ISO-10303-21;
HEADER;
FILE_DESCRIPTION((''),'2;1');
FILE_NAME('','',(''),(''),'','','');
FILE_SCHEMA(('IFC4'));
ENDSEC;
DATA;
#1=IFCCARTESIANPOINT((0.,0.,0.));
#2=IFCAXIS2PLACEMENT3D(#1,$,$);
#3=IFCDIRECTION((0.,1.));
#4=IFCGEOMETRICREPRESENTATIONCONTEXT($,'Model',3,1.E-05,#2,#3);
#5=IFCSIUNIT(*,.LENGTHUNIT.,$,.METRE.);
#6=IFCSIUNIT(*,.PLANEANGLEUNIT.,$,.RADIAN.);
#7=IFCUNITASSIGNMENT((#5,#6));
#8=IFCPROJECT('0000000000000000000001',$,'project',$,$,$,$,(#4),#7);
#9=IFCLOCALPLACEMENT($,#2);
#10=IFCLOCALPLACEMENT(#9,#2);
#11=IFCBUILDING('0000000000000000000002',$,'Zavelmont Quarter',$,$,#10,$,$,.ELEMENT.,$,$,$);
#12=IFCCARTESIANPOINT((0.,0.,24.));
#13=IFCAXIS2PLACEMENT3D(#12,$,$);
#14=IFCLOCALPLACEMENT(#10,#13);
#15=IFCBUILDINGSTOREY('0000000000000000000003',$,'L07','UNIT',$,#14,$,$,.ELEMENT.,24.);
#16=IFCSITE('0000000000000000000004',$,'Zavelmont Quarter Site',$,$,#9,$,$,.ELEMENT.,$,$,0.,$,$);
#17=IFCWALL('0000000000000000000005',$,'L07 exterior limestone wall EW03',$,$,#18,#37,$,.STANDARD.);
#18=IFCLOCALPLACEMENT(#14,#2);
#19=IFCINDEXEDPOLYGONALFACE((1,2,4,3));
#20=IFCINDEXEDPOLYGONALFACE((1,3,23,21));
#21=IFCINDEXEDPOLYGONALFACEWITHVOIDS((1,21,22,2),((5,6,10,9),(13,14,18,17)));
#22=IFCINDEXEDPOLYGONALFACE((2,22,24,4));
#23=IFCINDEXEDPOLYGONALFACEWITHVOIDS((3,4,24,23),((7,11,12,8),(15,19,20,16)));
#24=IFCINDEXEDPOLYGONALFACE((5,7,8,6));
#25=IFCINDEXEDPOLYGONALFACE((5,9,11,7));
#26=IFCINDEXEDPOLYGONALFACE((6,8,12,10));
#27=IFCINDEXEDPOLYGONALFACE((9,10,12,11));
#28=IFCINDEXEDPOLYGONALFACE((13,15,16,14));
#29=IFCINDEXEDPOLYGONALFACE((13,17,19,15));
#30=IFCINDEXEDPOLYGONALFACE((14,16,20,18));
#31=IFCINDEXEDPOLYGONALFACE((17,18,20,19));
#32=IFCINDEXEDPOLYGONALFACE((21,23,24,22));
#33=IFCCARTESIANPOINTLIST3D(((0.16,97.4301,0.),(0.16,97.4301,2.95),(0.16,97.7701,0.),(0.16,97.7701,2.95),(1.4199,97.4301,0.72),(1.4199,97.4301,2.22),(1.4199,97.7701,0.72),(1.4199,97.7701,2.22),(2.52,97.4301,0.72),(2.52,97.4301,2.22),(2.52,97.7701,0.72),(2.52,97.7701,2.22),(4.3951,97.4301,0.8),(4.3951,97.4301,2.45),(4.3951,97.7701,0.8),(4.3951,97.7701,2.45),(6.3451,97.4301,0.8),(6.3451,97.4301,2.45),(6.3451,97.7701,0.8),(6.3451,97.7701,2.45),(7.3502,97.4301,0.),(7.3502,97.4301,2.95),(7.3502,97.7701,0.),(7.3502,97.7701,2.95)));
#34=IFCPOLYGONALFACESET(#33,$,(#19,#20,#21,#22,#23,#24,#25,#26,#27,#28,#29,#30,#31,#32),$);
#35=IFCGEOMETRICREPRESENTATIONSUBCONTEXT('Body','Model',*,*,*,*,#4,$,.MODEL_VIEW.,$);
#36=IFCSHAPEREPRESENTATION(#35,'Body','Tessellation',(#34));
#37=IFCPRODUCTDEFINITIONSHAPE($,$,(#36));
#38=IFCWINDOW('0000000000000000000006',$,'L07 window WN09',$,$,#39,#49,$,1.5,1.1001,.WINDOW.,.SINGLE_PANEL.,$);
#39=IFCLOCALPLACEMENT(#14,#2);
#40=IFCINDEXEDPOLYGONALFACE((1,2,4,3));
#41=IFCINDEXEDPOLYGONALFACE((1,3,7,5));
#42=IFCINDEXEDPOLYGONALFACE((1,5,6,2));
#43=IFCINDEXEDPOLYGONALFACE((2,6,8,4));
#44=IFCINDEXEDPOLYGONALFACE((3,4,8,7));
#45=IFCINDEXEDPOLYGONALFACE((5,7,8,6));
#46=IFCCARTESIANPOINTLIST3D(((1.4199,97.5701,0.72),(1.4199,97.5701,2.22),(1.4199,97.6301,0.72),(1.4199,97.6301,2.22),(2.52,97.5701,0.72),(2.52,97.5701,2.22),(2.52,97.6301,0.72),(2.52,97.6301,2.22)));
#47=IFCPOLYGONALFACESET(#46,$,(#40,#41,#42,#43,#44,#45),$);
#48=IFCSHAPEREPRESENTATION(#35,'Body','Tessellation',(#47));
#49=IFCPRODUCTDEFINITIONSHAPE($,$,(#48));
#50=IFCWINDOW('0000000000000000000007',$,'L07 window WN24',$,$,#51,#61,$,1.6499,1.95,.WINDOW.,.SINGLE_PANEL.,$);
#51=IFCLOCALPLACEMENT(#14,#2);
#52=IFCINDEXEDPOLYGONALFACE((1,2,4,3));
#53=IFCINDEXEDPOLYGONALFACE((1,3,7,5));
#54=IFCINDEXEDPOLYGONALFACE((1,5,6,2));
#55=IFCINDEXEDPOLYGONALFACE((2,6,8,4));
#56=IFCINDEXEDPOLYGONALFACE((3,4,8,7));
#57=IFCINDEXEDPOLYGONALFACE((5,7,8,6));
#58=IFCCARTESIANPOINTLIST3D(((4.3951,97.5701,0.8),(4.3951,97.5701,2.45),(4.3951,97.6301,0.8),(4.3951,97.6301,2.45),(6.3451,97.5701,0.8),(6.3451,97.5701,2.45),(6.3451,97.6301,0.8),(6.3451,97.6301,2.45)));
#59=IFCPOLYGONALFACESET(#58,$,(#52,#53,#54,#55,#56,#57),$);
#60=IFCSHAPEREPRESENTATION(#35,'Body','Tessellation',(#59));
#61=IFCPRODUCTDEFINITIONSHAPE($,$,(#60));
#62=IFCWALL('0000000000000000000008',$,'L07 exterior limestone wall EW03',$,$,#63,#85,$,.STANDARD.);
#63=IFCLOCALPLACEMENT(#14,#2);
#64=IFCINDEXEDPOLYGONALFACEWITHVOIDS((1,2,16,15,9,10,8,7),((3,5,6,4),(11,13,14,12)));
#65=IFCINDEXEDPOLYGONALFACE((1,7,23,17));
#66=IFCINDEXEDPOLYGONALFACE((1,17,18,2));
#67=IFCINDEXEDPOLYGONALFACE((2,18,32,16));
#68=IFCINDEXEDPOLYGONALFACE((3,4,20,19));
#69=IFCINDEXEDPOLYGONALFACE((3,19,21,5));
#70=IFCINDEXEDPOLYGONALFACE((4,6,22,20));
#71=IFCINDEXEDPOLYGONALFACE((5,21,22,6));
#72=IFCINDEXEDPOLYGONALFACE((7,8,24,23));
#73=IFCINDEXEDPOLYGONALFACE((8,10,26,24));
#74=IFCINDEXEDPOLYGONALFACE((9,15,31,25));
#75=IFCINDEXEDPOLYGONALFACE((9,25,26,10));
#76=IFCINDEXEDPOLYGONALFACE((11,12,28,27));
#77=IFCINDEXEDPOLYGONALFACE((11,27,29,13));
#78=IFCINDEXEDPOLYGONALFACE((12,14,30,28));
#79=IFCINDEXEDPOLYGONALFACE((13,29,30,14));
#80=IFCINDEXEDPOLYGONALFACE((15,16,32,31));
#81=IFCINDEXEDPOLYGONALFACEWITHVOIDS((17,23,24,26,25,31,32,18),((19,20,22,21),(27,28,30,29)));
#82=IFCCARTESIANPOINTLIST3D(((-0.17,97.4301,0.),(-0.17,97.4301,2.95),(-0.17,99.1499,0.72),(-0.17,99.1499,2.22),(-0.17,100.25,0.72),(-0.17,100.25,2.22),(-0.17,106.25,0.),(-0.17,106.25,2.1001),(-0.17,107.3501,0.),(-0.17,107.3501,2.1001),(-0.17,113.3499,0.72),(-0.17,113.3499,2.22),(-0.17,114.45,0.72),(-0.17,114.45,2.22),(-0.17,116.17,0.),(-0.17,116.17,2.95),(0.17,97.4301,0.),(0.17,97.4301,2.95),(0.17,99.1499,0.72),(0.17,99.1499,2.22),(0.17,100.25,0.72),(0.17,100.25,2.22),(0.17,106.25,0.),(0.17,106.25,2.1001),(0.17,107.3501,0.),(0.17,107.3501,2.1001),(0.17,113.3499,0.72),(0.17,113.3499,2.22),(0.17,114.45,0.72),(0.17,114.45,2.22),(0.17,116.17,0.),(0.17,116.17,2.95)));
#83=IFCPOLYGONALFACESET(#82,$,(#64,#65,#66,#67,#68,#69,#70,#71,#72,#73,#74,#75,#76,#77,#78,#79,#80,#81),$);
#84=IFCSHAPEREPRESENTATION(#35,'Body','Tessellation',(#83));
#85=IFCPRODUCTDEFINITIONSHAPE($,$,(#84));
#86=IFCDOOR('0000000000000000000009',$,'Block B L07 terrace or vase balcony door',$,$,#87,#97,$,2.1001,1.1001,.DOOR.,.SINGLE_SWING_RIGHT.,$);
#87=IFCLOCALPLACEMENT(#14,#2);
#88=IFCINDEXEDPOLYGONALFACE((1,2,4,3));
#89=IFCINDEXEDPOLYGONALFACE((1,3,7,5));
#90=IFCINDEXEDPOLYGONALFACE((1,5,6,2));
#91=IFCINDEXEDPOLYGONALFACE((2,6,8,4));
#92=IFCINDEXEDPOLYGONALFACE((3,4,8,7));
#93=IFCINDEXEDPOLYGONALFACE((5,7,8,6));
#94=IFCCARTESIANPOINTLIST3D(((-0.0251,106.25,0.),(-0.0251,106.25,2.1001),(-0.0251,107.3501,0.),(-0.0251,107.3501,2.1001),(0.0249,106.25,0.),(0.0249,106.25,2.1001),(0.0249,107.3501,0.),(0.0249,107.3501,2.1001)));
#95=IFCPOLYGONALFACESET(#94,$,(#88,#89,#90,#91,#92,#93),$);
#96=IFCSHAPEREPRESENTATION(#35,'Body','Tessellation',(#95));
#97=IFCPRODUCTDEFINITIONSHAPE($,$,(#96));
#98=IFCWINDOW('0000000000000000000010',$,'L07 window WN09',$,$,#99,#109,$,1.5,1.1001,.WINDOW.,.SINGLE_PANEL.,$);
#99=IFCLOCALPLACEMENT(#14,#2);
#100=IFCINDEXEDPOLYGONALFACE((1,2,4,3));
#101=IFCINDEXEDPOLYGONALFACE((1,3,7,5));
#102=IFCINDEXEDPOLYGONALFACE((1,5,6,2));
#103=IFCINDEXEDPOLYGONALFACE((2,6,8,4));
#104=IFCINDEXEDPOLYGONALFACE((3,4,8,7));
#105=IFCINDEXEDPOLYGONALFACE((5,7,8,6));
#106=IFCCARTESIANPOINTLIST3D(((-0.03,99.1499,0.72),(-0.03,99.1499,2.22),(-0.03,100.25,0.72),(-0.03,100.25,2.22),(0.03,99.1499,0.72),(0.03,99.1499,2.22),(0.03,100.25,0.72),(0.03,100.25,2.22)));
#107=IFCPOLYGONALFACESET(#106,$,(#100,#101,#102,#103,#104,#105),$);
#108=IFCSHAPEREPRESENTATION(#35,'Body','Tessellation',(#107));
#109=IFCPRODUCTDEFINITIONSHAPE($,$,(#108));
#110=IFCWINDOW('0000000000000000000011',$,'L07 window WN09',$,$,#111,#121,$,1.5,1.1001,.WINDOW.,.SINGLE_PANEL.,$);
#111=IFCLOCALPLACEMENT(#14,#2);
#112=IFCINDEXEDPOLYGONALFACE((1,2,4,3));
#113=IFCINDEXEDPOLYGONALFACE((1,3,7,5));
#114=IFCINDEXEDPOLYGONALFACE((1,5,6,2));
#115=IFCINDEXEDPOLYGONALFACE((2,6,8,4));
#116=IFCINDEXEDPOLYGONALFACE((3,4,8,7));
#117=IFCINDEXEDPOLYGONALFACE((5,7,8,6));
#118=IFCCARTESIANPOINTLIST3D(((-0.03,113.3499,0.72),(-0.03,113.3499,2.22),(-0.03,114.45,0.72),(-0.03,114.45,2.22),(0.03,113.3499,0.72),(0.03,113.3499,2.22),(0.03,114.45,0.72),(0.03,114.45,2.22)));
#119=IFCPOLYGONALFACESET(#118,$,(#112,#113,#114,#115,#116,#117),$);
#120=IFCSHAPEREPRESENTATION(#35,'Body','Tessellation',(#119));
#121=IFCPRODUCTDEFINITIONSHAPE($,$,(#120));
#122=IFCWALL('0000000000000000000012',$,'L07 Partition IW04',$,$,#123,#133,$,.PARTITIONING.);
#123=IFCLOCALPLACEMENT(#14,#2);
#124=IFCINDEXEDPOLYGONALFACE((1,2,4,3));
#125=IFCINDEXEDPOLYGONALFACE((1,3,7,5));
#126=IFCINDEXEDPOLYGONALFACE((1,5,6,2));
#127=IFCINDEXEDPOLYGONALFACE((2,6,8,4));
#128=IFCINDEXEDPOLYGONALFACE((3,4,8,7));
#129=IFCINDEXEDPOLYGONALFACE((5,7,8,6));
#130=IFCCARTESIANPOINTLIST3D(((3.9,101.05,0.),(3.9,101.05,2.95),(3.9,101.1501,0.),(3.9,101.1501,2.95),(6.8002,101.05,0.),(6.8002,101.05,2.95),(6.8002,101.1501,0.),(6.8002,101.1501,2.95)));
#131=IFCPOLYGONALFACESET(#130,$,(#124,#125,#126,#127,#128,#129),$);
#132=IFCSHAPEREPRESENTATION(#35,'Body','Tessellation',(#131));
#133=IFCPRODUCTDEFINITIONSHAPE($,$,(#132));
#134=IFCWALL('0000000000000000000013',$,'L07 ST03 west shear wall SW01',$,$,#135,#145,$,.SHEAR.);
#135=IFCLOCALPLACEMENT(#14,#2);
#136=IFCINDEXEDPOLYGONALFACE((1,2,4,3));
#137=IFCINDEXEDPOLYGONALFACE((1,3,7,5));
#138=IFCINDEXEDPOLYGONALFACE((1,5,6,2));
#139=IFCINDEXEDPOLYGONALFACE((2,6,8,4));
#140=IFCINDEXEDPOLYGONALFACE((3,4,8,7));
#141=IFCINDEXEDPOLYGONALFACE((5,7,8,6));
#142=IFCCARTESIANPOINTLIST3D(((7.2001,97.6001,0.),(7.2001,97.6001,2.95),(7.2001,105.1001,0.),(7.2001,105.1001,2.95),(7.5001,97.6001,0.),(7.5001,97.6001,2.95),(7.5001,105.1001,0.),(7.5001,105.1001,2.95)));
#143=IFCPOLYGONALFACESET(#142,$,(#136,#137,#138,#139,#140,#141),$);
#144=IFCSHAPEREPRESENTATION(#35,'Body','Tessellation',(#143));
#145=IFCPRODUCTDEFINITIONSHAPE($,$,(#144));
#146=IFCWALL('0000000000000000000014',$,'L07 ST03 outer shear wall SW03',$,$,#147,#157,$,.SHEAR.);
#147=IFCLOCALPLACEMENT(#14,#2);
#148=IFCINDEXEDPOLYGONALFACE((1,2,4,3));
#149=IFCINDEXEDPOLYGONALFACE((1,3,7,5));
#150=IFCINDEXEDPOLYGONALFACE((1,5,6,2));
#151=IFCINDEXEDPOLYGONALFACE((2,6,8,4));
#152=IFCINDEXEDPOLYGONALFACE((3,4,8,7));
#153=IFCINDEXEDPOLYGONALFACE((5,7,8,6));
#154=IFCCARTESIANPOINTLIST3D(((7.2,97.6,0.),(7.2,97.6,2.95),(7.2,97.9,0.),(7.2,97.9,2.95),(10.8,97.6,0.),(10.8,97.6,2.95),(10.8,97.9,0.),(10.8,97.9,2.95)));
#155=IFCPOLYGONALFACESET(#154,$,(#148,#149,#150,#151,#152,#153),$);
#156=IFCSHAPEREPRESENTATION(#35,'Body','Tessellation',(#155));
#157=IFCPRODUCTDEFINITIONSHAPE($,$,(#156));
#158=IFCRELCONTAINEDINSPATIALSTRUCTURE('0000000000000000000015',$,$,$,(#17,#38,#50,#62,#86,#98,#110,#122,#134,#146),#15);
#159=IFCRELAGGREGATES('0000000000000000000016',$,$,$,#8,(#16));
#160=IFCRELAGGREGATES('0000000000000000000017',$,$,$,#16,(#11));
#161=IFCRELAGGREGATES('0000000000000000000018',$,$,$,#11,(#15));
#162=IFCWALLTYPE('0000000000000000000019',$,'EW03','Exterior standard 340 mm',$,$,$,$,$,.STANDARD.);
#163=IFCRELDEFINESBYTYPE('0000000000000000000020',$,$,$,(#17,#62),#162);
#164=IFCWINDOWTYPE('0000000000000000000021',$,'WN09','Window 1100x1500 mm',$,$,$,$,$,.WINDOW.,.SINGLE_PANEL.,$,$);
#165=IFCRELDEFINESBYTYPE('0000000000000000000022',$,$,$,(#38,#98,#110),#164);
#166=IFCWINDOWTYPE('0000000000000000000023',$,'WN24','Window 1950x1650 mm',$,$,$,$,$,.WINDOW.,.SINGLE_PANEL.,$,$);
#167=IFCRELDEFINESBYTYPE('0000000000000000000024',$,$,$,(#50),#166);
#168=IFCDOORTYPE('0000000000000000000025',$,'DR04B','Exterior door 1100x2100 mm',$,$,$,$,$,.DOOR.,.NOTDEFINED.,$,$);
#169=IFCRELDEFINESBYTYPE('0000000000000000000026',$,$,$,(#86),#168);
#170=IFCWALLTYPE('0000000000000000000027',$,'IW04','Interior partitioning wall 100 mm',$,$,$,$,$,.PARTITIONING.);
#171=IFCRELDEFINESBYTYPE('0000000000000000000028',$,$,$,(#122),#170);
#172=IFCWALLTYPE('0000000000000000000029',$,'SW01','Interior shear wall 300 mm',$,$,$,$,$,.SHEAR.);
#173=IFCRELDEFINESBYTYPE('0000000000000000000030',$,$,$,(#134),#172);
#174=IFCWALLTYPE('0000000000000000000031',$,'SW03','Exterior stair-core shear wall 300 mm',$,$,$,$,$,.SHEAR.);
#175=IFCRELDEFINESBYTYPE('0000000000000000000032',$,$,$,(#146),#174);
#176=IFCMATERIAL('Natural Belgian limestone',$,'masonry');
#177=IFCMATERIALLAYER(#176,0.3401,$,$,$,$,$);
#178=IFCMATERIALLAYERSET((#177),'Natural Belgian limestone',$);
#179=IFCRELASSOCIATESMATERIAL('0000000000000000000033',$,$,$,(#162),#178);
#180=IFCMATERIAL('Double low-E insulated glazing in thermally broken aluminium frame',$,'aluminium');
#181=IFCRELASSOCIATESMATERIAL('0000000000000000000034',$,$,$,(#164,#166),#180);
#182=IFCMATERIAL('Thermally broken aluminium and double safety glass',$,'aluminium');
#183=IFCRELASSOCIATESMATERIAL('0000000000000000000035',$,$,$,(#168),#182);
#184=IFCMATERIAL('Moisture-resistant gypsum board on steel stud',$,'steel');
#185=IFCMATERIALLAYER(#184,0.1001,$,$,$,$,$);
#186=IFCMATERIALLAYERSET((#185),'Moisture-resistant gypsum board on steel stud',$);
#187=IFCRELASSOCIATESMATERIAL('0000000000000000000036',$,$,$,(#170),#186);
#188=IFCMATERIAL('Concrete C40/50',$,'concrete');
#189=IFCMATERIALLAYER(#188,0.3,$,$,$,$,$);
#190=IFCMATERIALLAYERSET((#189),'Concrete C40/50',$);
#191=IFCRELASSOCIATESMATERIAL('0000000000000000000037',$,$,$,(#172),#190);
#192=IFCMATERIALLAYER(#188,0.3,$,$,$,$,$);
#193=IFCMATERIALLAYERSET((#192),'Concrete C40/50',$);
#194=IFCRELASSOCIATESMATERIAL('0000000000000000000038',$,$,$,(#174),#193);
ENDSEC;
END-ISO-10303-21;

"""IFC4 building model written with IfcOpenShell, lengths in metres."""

from ifc_helpers import new_model, si_unit, direction, frame, frame_2d, origin, origin_with_axes, place, context, subcontext, project, spatial, rectangle, extrude, material, layer, layer_set, type_object, element, fill, save


model = new_model("IFC4")

# Units and contexts
model_context = context("Model", 3, precision=1e-05, world=origin(), true_north=direction((0.0, 1.0)))
body_context = subcontext(model_context, "Body", "Model", "MODEL_VIEW")
ifc_project = project(units=[si_unit("LENGTHUNIT", "METRE"), si_unit("PLANEANGLEUNIT", "RADIAN")], contexts=[model_context])

# Site, building, storey
site_placement = place(None, origin())
site = spatial("IfcSite", under=ifc_project, at=site_placement, Name="Zavelmont Quarter Site", CompositionType="ELEMENT", RefElevation=0.0)
building_placement = place(site_placement, origin())
building = spatial("IfcBuilding", under=site, at=building_placement, Name="Zavelmont Quarter", CompositionType="ELEMENT")
storey_placement = place(building_placement, frame((0.0, 0.0, 24.0)))
storey = spatial("IfcBuildingStorey", under=building, at=storey_placement, Name="L07", Description="UNIT", CompositionType="ELEMENT", Elevation=24.0)

# Shared definitions
ifc_material_1 = material(Name="Concrete C40/50", Category="concrete")

# Wall, openings, windows
ifc_material_2 = material(Name="Natural Belgian limestone", Category="masonry")
ifc_layer_1 = layer(ifc_material_2, 0.3401)
ifc_layer_set_1 = layer_set([ifc_layer_1], Name="Natural Belgian limestone")
wall_type_1 = type_object("IfcWallType", Name="EW03", Description="Exterior standard 340 mm", PredefinedType="STANDARD", material=ifc_layer_set_1)
wall_1_placement = place(storey_placement, frame((0.1599, 97.6001, 0.0), z_axis=(0.0, 0.0, 1.0), x_axis=(1.0, 0.0, 0.0)))
wall_1 = element("IfcWall", 1, at=wall_1_placement, inside=storey, type_object=wall_type_1, Name="L07 exterior limestone wall EW03", PredefinedType="STANDARD", context=body_context, shape_type="SweptSolid", body=[
    extrude(rectangle(XDim=7.1902, YDim=0.3401, at=frame_2d((3.5952, 0.0))), origin(), (0.0, 0.0, 1.0), 2.95),
])
opening_1_placement = place(wall_1_placement, frame((1.26, 0.0, 0.72)))
opening_1 = element("IfcOpeningElement", 2, at=opening_1_placement, cuts=wall_1, PredefinedType="OPENING", context=body_context, shape_type="SweptSolid", body=[
    extrude(rectangle(XDim=1.1001, YDim=1.5, at=frame_2d((0.55, 0.75))), frame((0.0, 0.1821, 0.0), z_axis=(0.0, -1.0, 0.0), x_axis=(1.0, 0.0, 0.0)), (0.0, 0.0, 1.0), 0.364),
])
opening_2_placement = place(wall_1_placement, frame((4.2351, 0.0, 0.8)))
opening_2 = element("IfcOpeningElement", 3, at=opening_2_placement, cuts=wall_1, PredefinedType="OPENING", context=body_context, shape_type="SweptSolid", body=[
    extrude(rectangle(XDim=1.95, YDim=1.6499, at=frame_2d((0.9751, 0.825))), frame((0.0, 0.1821, 0.0), z_axis=(0.0, -1.0, 0.0), x_axis=(1.0, 0.0, 0.0)), (0.0, 0.0, 1.0), 0.364),
])
ifc_material_3 = material(Name="Double low-E insulated glazing in thermally broken aluminium frame", Category="aluminium")
window_type_1 = type_object("IfcWindowType", Name="WN09", Description="Window 1100x1500 mm", PartitioningType="SINGLE_PANEL", PredefinedType="WINDOW", material=ifc_material_3)
window_1_placement = place(opening_1_placement, origin_with_axes())
window_1 = element("IfcWindow", 4, at=window_1_placement, inside=storey, type_object=window_type_1, Name="L07 window WN09", OverallHeight=1.5, OverallWidth=1.1001, PartitioningType="SINGLE_PANEL", PredefinedType="WINDOW", context=body_context, shape_type="SweptSolid", body=[
    extrude(rectangle(XDim=1.1001, YDim=1.5, at=frame_2d((0.55, 0.75))), frame((0.0, 0.03, 0.0), z_axis=(0.0, -1.0, 0.0), x_axis=(1.0, 0.0, 0.0)), (0.0, 0.0, 1.0), 0.0601),
])
fill(opening_1, window_1)
window_type_2 = type_object("IfcWindowType", Name="WN24", Description="Window 1950x1650 mm", PartitioningType="SINGLE_PANEL", PredefinedType="WINDOW", material=ifc_material_3)
window_2_placement = place(opening_2_placement, origin_with_axes())
window_2 = element("IfcWindow", 5, at=window_2_placement, inside=storey, type_object=window_type_2, Name="L07 window WN24", OverallHeight=1.6499, OverallWidth=1.95, PartitioningType="SINGLE_PANEL", PredefinedType="WINDOW", context=body_context, shape_type="SweptSolid", body=[
    extrude(rectangle(XDim=1.95, YDim=1.6499, at=frame_2d((0.9751, 0.825))), frame((0.0, 0.03, 0.0), z_axis=(0.0, -1.0, 0.0), x_axis=(1.0, 0.0, 0.0)), (0.0, 0.0, 1.0), 0.0601),
])
fill(opening_2, window_2)

# Wall, openings, door, windows
wall_2_placement = place(storey_placement, frame((0.0, 97.4299, 0.0), z_axis=(0.0, 0.0, 1.0), x_axis=(0.0, 1.0, 0.0)))
wall_2 = element("IfcWall", 6, at=wall_2_placement, inside=storey, type_object=wall_type_1, Name="L07 exterior limestone wall EW03", PredefinedType="STANDARD", context=body_context, shape_type="SweptSolid", body=[
    extrude(rectangle(XDim=18.74, YDim=0.3401, at=frame_2d((9.3701, 0.0))), origin(), (0.0, 0.0, 1.0), 2.95),
])
opening_3_placement = place(wall_2_placement, frame((8.8201, 0.0, 0.0)))
opening_3 = element("IfcOpeningElement", 7, at=opening_3_placement, cuts=wall_2, PredefinedType="OPENING", context=body_context, shape_type="SweptSolid", body=[
    extrude(rectangle(XDim=1.1001, YDim=2.1001, at=frame_2d((0.55, 1.05))), frame((0.0, 0.1821, 0.0), z_axis=(0.0, -1.0, 0.0), x_axis=(1.0, 0.0, 0.0)), (0.0, 0.0, 1.0), 0.364),
])
opening_4_placement = place(wall_2_placement, frame((1.72, 0.0, 0.72)))
opening_4 = element("IfcOpeningElement", 8, at=opening_4_placement, cuts=wall_2, PredefinedType="OPENING", context=body_context, shape_type="SweptSolid", body=[
    extrude(rectangle(XDim=1.1001, YDim=1.5, at=frame_2d((0.55, 0.75))), frame((0.0, 0.1821, 0.0), z_axis=(0.0, -1.0, 0.0), x_axis=(1.0, 0.0, 0.0)), (0.0, 0.0, 1.0), 0.364),
])
opening_5_placement = place(wall_2_placement, frame((15.9199, 0.0, 0.72)))
opening_5 = element("IfcOpeningElement", 9, at=opening_5_placement, cuts=wall_2, PredefinedType="OPENING", context=body_context, shape_type="SweptSolid", body=[
    extrude(rectangle(XDim=1.1001, YDim=1.5, at=frame_2d((0.55, 0.75))), frame((0.0, 0.1821, 0.0), z_axis=(0.0, -1.0, 0.0), x_axis=(1.0, 0.0, 0.0)), (0.0, 0.0, 1.0), 0.364),
])
ifc_material_4 = material(Name="Thermally broken aluminium and double safety glass", Category="aluminium")
door_type = type_object("IfcDoorType", Name="DR04B", Description="Exterior door 1100x2100 mm", OperationType="NOTDEFINED", PredefinedType="DOOR", material=ifc_material_4)
door_placement = place(opening_3_placement, frame((1.1001, 0.0, 0.0), z_axis=(0.0, 0.0, 1.0), x_axis=(-1.0, 0.0, 0.0)))
door = element("IfcDoor", 10, at=door_placement, inside=storey, type_object=door_type, Name="Block B L07 terrace or vase balcony door", OperationType="SINGLE_SWING_RIGHT", OverallHeight=2.1001, OverallWidth=1.1001, PredefinedType="DOOR", context=body_context, shape_type="SweptSolid", body=[
    extrude(rectangle(XDim=1.1001, YDim=2.1001, at=frame_2d((0.55, 1.05))), frame((0.0, 0.0249, 0.0), z_axis=(0.0, -1.0, 0.0), x_axis=(1.0, 0.0, 0.0)), (0.0, 0.0, 1.0), 0.05),
])
fill(opening_3, door)
window_3_placement = place(opening_4_placement, origin_with_axes())
window_3 = element("IfcWindow", 11, at=window_3_placement, inside=storey, type_object=window_type_1, Name="L07 window WN09", OverallHeight=1.5, OverallWidth=1.1001, PartitioningType="SINGLE_PANEL", PredefinedType="WINDOW", context=body_context, shape_type="SweptSolid", body=[
    extrude(rectangle(XDim=1.1001, YDim=1.5, at=frame_2d((0.55, 0.75))), frame((0.0, 0.03, 0.0), z_axis=(0.0, -1.0, 0.0), x_axis=(1.0, 0.0, 0.0)), (0.0, 0.0, 1.0), 0.0601),
])
fill(opening_4, window_3)
window_4_placement = place(opening_5_placement, origin_with_axes())
window_4 = element("IfcWindow", 12, at=window_4_placement, inside=storey, type_object=window_type_1, Name="L07 window WN09", OverallHeight=1.5, OverallWidth=1.1001, PartitioningType="SINGLE_PANEL", PredefinedType="WINDOW", context=body_context, shape_type="SweptSolid", body=[
    extrude(rectangle(XDim=1.1001, YDim=1.5, at=frame_2d((0.55, 0.75))), frame((0.0, 0.03, 0.0), z_axis=(0.0, -1.0, 0.0), x_axis=(1.0, 0.0, 0.0)), (0.0, 0.0, 1.0), 0.0601),
])
fill(opening_5, window_4)

# Walls
ifc_material_5 = material(Name="Moisture-resistant gypsum board on steel stud", Category="steel")
ifc_layer_2 = layer(ifc_material_5, 0.1001)
ifc_layer_set_2 = layer_set([ifc_layer_2], Name="Moisture-resistant gypsum board on steel stud")
wall_type_2 = type_object("IfcWallType", Name="IW04", Description="Interior partitioning wall 100 mm", PredefinedType="PARTITIONING", material=ifc_layer_set_2)
wall_3_placement = place(storey_placement, frame((3.8999, 101.1001, 0.0), z_axis=(0.0, 0.0, 1.0), x_axis=(1.0, 0.0, 0.0)))
element("IfcWall", 13, at=wall_3_placement, inside=storey, type_object=wall_type_2, Name="L07 Partition IW04", PredefinedType="PARTITIONING", context=body_context, shape_type="SweptSolid", body=[
    extrude(rectangle(XDim=2.9001, YDim=0.1001, at=frame_2d((1.4502, 0.0))), origin(), (0.0, 0.0, 1.0), 2.95),
])
ifc_layer_3 = layer(ifc_material_1, 0.3)
ifc_layer_set_3 = layer_set([ifc_layer_3], Name="Concrete C40/50")
wall_type_3 = type_object("IfcWallType", Name="SW01", Description="Interior shear wall 300 mm", PredefinedType="SHEAR", material=ifc_layer_set_3)
wall_4_placement = place(storey_placement, frame((7.3501, 97.6001, 0.0), z_axis=(0.0, 0.0, 1.0), x_axis=(0.0, 1.0, 0.0)))
element("IfcWall", 14, at=wall_4_placement, inside=storey, type_object=wall_type_3, Name="L07 ST03 west shear wall SW01", PredefinedType="SHEAR", context=body_context, shape_type="SweptSolid", body=[
    extrude(rectangle(XDim=7.5, YDim=0.3, at=frame_2d((3.75, 0.0))), origin(), (0.0, 0.0, 1.0), 2.95),
])
ifc_layer_4 = layer(ifc_material_1, 0.3)
ifc_layer_set_4 = layer_set([ifc_layer_4], Name="Concrete C40/50")
wall_type_4 = type_object("IfcWallType", Name="SW03", Description="Exterior stair-core shear wall 300 mm", PredefinedType="SHEAR", material=ifc_layer_set_4)
wall_5_placement = place(storey_placement, frame((7.2, 97.75, 0.0), z_axis=(0.0, 0.0, 1.0), x_axis=(1.0, 0.0, 0.0)))
element("IfcWall", 15, at=wall_5_placement, inside=storey, type_object=wall_type_4, Name="L07 ST03 outer shear wall SW03", PredefinedType="SHEAR", context=body_context, shape_type="SweptSolid", body=[
    extrude(rectangle(XDim=3.6001, YDim=0.3, at=frame_2d((1.8, 0.0))), origin(), (0.0, 0.0, 1.0), 2.95),
])

save(model, "model.ifc")
